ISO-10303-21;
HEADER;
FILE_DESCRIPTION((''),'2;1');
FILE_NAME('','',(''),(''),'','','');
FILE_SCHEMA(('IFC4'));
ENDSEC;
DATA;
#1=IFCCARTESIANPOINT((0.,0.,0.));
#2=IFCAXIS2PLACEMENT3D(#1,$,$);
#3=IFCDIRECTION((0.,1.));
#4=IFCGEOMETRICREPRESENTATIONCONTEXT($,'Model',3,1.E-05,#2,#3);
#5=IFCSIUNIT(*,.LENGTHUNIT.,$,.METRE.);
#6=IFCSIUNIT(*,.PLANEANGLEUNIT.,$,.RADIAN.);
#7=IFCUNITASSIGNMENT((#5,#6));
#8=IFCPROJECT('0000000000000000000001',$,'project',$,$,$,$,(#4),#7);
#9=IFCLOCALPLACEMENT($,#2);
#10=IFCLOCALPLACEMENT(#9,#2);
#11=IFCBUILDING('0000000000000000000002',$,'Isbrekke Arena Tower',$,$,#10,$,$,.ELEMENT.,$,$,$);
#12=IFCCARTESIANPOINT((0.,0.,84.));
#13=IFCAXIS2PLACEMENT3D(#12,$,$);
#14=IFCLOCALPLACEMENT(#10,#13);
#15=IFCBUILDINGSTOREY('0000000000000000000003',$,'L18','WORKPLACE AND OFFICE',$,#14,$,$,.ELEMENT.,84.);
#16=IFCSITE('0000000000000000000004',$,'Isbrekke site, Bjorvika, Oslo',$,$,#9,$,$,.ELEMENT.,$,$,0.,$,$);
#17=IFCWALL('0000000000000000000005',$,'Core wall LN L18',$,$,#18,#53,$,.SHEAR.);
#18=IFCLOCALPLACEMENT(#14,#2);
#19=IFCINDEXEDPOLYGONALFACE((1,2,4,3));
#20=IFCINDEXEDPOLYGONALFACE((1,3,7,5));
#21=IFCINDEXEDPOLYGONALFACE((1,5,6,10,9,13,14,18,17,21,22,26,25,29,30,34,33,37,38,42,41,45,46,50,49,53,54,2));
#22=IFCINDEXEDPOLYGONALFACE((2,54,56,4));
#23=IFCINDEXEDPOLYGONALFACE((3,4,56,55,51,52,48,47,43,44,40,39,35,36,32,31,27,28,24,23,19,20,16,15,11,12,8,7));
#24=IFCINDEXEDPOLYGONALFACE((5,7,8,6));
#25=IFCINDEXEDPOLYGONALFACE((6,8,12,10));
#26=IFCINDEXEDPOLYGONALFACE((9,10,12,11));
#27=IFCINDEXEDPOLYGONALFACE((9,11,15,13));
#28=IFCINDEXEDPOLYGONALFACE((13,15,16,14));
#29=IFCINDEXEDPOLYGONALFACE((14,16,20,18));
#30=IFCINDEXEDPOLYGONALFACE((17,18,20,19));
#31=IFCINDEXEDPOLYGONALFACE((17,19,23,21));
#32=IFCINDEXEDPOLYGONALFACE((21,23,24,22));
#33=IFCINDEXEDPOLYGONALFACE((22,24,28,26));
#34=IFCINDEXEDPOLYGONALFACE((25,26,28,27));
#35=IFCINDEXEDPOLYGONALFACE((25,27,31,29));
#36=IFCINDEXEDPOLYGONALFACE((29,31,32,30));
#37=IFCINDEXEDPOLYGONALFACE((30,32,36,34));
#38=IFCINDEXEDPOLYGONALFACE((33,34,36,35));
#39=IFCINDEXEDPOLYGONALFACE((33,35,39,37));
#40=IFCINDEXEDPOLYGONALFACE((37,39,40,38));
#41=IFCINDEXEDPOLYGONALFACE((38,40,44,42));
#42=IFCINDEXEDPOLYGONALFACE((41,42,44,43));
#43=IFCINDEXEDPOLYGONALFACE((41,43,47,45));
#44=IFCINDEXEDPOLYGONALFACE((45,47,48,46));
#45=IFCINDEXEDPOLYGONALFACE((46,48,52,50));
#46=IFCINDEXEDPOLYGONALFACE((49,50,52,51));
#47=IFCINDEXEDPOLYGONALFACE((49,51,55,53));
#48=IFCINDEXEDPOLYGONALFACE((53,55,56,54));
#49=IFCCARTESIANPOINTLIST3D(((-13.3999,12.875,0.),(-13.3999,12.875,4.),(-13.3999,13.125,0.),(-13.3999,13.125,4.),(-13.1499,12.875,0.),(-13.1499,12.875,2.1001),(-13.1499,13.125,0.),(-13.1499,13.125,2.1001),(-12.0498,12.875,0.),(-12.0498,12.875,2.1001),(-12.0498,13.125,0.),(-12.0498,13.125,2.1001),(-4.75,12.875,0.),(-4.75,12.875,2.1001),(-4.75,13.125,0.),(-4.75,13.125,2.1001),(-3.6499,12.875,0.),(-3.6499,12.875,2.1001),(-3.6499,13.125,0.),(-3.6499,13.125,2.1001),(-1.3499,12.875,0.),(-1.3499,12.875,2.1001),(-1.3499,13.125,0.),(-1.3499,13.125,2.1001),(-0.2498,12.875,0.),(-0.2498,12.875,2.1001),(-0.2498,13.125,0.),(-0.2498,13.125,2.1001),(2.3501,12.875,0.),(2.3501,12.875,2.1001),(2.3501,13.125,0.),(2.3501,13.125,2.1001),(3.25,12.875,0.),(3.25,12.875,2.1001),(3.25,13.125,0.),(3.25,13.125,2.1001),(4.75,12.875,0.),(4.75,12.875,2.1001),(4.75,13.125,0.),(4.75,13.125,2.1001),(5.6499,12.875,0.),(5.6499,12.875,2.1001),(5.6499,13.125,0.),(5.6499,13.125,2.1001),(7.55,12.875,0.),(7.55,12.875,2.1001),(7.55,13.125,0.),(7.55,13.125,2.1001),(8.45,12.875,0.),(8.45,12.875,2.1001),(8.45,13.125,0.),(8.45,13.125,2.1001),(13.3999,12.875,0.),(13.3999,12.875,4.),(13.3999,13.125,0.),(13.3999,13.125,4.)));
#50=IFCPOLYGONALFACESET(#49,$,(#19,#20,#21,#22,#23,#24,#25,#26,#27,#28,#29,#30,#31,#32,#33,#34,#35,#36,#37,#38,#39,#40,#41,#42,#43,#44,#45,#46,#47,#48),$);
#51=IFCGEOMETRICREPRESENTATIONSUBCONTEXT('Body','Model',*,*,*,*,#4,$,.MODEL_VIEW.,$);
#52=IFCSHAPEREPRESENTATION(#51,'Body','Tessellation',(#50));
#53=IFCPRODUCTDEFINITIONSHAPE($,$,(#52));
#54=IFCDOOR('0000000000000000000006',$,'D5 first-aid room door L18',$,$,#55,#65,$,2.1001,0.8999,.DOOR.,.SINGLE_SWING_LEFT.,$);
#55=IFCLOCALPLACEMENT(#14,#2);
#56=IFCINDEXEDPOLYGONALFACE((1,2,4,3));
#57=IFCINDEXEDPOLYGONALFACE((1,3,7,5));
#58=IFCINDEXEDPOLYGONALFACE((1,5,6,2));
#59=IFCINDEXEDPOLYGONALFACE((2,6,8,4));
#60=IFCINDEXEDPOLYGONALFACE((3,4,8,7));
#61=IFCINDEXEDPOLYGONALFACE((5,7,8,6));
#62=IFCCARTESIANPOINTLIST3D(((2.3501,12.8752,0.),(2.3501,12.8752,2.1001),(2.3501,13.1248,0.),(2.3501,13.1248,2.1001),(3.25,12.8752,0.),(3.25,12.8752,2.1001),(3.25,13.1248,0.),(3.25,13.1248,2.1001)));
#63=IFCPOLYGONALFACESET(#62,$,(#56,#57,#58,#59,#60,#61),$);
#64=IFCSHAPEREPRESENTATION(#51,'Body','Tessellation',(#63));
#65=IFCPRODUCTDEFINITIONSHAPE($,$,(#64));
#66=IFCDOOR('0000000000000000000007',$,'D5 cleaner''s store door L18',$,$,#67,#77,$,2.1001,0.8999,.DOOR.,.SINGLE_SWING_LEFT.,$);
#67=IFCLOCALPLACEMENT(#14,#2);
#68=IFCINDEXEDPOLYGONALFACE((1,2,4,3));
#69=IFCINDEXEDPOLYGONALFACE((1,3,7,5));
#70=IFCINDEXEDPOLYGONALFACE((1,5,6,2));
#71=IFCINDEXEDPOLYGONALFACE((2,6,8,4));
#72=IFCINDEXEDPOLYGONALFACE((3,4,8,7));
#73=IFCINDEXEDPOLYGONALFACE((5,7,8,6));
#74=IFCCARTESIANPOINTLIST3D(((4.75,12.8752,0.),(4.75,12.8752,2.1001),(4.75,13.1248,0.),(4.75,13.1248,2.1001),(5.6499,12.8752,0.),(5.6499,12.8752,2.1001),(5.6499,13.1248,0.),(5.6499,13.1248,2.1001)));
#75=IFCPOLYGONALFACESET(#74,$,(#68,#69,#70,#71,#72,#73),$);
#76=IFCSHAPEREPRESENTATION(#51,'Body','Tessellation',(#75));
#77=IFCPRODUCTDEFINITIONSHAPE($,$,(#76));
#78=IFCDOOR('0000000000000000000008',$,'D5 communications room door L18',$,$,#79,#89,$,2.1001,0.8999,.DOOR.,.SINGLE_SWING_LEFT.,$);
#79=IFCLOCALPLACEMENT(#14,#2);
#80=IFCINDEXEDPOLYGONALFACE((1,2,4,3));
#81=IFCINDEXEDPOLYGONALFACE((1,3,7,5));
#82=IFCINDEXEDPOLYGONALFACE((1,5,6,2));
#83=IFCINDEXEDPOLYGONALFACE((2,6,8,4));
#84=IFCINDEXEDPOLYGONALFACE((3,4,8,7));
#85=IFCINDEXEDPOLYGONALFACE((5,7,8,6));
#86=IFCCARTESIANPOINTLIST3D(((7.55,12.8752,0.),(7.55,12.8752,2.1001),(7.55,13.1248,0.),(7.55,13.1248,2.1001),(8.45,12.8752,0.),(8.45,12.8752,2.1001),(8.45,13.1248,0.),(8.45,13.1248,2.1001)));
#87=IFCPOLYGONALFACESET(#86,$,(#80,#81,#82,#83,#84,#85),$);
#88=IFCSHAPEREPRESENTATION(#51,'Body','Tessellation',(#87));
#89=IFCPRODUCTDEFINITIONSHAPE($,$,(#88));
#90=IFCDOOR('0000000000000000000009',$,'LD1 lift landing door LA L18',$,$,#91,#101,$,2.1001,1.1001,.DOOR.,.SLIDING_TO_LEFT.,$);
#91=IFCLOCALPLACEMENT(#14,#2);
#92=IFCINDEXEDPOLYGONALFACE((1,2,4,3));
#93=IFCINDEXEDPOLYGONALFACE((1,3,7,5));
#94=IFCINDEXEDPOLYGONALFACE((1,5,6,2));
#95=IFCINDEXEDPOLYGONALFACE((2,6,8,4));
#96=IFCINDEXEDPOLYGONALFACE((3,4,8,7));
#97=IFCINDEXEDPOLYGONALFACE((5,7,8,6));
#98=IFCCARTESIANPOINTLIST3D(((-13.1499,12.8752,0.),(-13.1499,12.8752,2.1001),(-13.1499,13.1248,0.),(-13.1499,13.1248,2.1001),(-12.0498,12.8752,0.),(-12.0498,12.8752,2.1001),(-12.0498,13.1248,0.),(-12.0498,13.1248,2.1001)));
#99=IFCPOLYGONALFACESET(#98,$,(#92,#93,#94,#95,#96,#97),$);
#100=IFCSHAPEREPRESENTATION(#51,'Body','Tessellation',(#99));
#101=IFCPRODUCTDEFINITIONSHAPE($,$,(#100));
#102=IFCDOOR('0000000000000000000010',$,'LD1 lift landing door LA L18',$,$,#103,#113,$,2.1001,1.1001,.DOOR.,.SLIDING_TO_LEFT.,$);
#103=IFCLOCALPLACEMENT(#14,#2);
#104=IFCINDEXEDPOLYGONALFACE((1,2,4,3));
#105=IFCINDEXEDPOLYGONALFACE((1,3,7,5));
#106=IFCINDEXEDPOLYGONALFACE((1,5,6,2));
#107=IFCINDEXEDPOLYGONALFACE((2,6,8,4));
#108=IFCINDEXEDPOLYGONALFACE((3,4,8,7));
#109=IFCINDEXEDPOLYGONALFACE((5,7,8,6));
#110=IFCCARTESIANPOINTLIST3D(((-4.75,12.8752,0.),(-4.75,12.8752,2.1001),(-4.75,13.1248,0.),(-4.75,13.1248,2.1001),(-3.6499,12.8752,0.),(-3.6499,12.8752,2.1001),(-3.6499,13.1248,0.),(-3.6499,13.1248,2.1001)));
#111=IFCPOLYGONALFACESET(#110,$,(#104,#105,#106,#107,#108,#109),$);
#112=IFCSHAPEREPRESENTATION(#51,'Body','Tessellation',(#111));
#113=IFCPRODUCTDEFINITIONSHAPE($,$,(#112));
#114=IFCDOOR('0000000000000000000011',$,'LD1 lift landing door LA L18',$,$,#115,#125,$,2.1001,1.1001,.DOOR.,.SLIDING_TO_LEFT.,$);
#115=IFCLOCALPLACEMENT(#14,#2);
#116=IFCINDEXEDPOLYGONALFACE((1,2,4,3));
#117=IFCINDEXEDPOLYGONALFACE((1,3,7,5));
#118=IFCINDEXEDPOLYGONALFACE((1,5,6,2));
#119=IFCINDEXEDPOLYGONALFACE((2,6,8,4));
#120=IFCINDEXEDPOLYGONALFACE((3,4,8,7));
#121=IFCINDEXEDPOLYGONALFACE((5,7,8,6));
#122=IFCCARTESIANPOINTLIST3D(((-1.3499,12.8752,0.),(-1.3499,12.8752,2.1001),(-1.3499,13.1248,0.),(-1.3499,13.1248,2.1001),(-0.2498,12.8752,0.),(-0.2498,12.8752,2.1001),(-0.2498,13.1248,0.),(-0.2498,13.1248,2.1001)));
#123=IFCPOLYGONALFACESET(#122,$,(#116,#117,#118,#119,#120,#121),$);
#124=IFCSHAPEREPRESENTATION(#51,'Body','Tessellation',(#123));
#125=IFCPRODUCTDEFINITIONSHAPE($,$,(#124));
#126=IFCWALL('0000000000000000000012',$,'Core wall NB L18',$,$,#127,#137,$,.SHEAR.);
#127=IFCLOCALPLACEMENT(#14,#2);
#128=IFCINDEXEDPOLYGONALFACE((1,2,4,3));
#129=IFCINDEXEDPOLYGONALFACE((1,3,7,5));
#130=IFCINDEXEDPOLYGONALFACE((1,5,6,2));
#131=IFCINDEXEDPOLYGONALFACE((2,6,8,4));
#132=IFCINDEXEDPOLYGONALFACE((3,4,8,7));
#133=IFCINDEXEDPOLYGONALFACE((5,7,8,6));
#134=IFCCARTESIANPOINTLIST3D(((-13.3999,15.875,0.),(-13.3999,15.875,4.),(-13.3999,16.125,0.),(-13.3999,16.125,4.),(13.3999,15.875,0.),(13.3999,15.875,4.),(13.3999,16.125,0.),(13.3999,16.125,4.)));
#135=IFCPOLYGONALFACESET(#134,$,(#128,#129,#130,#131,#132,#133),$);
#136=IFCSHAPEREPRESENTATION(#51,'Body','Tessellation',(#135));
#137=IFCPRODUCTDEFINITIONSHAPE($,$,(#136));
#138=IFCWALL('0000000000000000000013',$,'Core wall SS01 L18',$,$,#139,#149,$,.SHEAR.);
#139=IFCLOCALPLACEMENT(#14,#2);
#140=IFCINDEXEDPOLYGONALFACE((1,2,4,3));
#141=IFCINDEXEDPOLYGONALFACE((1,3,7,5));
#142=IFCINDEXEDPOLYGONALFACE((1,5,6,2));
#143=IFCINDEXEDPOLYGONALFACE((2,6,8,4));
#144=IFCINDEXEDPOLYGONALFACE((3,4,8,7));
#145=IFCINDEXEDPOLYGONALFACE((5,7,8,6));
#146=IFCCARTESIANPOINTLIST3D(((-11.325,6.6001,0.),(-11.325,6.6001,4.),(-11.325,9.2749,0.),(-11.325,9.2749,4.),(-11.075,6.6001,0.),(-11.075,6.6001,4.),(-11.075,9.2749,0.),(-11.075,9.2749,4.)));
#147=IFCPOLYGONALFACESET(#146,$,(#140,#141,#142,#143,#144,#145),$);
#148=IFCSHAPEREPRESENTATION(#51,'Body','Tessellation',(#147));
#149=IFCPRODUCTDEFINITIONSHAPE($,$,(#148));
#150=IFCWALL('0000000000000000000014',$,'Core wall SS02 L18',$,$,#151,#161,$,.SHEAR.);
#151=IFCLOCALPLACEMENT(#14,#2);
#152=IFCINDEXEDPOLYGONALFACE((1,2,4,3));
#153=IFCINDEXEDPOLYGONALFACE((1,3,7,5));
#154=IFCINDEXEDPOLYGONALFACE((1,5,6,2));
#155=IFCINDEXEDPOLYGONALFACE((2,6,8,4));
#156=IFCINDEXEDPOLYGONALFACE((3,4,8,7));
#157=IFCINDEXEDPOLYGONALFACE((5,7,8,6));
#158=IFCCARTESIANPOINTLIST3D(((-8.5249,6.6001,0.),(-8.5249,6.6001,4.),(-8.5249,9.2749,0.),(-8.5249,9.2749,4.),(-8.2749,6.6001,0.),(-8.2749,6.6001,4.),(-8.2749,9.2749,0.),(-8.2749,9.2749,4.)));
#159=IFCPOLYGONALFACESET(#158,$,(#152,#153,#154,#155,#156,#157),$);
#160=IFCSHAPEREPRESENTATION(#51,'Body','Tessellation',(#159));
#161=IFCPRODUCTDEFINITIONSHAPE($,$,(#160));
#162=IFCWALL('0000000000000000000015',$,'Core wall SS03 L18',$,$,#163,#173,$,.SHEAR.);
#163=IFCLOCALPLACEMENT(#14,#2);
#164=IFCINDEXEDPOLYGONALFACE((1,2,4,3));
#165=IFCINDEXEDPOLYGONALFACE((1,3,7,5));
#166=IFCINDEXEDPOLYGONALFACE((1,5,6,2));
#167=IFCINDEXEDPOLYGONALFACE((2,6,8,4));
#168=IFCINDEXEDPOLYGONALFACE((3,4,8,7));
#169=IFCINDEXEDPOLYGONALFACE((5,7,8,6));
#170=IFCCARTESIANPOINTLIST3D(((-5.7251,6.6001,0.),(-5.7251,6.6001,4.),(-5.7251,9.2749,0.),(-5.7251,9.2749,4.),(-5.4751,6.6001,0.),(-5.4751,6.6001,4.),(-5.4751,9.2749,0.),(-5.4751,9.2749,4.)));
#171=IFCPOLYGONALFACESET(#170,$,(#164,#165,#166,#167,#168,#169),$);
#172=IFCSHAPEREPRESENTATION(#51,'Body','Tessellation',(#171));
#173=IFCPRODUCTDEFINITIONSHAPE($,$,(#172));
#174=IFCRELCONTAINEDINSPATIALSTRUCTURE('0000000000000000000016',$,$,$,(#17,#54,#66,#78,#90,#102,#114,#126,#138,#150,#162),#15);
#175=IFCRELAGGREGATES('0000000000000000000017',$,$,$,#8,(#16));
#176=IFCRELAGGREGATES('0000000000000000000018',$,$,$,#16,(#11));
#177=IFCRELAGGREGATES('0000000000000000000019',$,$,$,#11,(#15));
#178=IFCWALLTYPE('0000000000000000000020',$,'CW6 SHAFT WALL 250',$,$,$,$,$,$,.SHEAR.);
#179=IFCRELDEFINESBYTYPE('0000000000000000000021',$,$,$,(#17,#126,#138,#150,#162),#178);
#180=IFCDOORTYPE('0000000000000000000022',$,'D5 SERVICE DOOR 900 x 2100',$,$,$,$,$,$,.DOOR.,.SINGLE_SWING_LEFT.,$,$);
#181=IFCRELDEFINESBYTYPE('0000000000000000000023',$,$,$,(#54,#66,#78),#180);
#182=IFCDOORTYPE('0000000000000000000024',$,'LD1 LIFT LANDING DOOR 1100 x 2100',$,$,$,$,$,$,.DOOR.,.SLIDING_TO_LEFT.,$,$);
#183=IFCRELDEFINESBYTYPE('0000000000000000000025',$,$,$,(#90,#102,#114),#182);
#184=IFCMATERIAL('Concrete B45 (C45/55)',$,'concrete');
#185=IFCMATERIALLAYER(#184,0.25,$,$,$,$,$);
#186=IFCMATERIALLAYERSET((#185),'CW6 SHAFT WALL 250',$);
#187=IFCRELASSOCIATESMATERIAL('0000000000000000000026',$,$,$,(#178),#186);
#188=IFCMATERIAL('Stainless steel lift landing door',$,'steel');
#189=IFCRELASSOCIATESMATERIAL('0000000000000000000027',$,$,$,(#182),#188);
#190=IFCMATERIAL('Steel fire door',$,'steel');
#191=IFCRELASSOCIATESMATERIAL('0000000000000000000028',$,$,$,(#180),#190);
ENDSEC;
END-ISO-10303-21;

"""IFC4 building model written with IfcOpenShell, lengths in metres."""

from ifc_helpers import new_model, si_unit, direction, frame, frame_2d, origin, place, context, subcontext, project, spatial, rectangle, extrude, material, layer, layer_set, type_object, element, fill, save


model = new_model("IFC4")

# Units and contexts
model_context = context("Model", 3, precision=1e-05, world=origin(), true_north=direction((0.0, 1.0)))
body_context = subcontext(model_context, "Body", "Model", "MODEL_VIEW")
ifc_project = project(units=[si_unit("LENGTHUNIT", "METRE"), si_unit("PLANEANGLEUNIT", "RADIAN")], contexts=[model_context])

# Site, building, storey
site_placement = place(None, origin())
site = spatial("IfcSite", under=ifc_project, at=site_placement, Name="Isbrekke site, Bjorvika, Oslo", CompositionType="ELEMENT", RefElevation=0.0)
building_placement = place(site_placement, origin())
building = spatial("IfcBuilding", under=site, at=building_placement, Name="Isbrekke Arena Tower", CompositionType="ELEMENT")
storey_placement = place(building_placement, frame((0.0, 0.0, 84.0)))
storey = spatial("IfcBuildingStorey", under=building, at=storey_placement, Name="L18", Description="WORKPLACE AND OFFICE", CompositionType="ELEMENT", Elevation=84.0)

# Wall, openings, doors
ifc_material_1 = material(Name="Concrete B45 (C45/55)", Category="concrete")
ifc_layer_1 = layer(ifc_material_1, 0.25)
ifc_layer_set_1 = layer_set([ifc_layer_1], Name="CW6 SHAFT WALL 250")
wall_type_1 = type_object("IfcWallType", Name="CW6 SHAFT WALL 250", PredefinedType="SHEAR", material=ifc_layer_set_1)
ifc_material_2 = material(Name="Stainless steel lift landing door", Category="steel")
door_type_1 = type_object("IfcDoorType", Name="LD1 LIFT LANDING DOOR 1100 x 2100", OperationType="SLIDING_TO_LEFT", PredefinedType="DOOR", material=ifc_material_2)
wall_1_placement = place(storey_placement, frame((-13.3999, 13.0, 0.0), z_axis=(0.0, 0.0, 1.0), x_axis=(1.0, 0.0, 0.0)))
wall_1 = element("IfcWall", 1, at=wall_1_placement, inside=storey, type_object=wall_type_1, Name="Core wall LN L18", PredefinedType="SHEAR", context=body_context, shape_type="SweptSolid", body=[
    extrude(rectangle(XDim=26.7998, YDim=0.25, at=frame_2d((13.3999, 0.0))), origin(), (0.0, 0.0, 1.0), 4.0),
])
opening_1_placement = place(wall_1_placement, frame((0.25, 0.0, 0.0)))
opening_1 = element("IfcOpeningElement", 2, at=opening_1_placement, cuts=wall_1, PredefinedType="OPENING", context=body_context, shape_type="SweptSolid", body=[
    extrude(rectangle(XDim=1.1001, YDim=2.1001, at=frame_2d((0.55, 1.05))), frame((0.0, 0.1399, 0.0), z_axis=(0.0, -1.0, 0.0), x_axis=(1.0, 0.0, 0.0)), (0.0, 0.0, 1.0), 0.2798),
])
opening_2_placement = place(wall_1_placement, frame((8.6499, 0.0, 0.0)))
opening_2 = element("IfcOpeningElement", 3, at=opening_2_placement, cuts=wall_1, PredefinedType="OPENING", context=body_context, shape_type="SweptSolid", body=[
    extrude(rectangle(XDim=1.1001, YDim=2.1001, at=frame_2d((0.55, 1.05))), frame((0.0, 0.1399, 0.0), z_axis=(0.0, -1.0, 0.0), x_axis=(1.0, 0.0, 0.0)), (0.0, 0.0, 1.0), 0.2798),
])
opening_3_placement = place(wall_1_placement, frame((12.05, 0.0, 0.0)))
opening_3 = element("IfcOpeningElement", 4, at=opening_3_placement, cuts=wall_1, PredefinedType="OPENING", context=body_context, shape_type="SweptSolid", body=[
    extrude(rectangle(XDim=1.1001, YDim=2.1001, at=frame_2d((0.55, 1.05))), frame((0.0, 0.1399, 0.0), z_axis=(0.0, -1.0, 0.0), x_axis=(1.0, 0.0, 0.0)), (0.0, 0.0, 1.0), 0.2798),
])
opening_4_placement = place(wall_1_placement, frame((15.75, 0.0, 0.0)))
opening_4 = element("IfcOpeningElement", 5, at=opening_4_placement, cuts=wall_1, PredefinedType="OPENING", context=body_context, shape_type="SweptSolid", body=[
    extrude(rectangle(XDim=0.8999, YDim=2.1001, at=frame_2d((0.45, 1.05))), frame((0.0, 0.1399, 0.0), z_axis=(0.0, -1.0, 0.0), x_axis=(1.0, 0.0, 0.0)), (0.0, 0.0, 1.0), 0.2798),
])
opening_5_placement = place(wall_1_placement, frame((18.1499, 0.0, 0.0)))
opening_5 = element("IfcOpeningElement", 6, at=opening_5_placement, cuts=wall_1, PredefinedType="OPENING", context=body_context, shape_type="SweptSolid", body=[
    extrude(rectangle(XDim=0.8999, YDim=2.1001, at=frame_2d((0.45, 1.05))), frame((0.0, 0.1399, 0.0), z_axis=(0.0, -1.0, 0.0), x_axis=(1.0, 0.0, 0.0)), (0.0, 0.0, 1.0), 0.2798),
])
opening_6_placement = place(wall_1_placement, frame((20.95, 0.0, 0.0)))
opening_6 = element("IfcOpeningElement", 7, at=opening_6_placement, cuts=wall_1, PredefinedType="OPENING", context=body_context, shape_type="SweptSolid", body=[
    extrude(rectangle(XDim=0.8999, YDim=2.1001, at=frame_2d((0.45, 1.05))), frame((0.0, 0.1399, 0.0), z_axis=(0.0, -1.0, 0.0), x_axis=(1.0, 0.0, 0.0)), (0.0, 0.0, 1.0), 0.2798),
])
ifc_material_3 = material(Name="Steel fire door", Category="steel")
door_type_2 = type_object("IfcDoorType", Name="D5 SERVICE DOOR 900 x 2100", OperationType="SINGLE_SWING_LEFT", PredefinedType="DOOR", material=ifc_material_3)
door_1_placement = place(opening_4_placement, origin())
door_1 = element("IfcDoor", 8, at=door_1_placement, inside=storey, type_object=door_type_2, Name="D5 first-aid room door L18", OperationType="SINGLE_SWING_LEFT", OverallHeight=2.1001, OverallWidth=0.8999, PredefinedType="DOOR", context=body_context, shape_type="SweptSolid", body=[
    extrude(rectangle(XDim=0.8999, YDim=2.1001, at=frame_2d((0.45, 1.05))), frame((0.0, 0.1248, 0.0), z_axis=(0.0, -1.0, 0.0), x_axis=(1.0, 0.0, 0.0)), (0.0, 0.0, 1.0), 0.2495),
])
fill(opening_4, door_1)
door_2_placement = place(opening_5_placement, origin())
door_2 = element("IfcDoor", 9, at=door_2_placement, inside=storey, type_object=door_type_2, Name="D5 cleaner's store door L18", OperationType="SINGLE_SWING_LEFT", OverallHeight=2.1001, OverallWidth=0.8999, PredefinedType="DOOR", context=body_context, shape_type="SweptSolid", body=[
    extrude(rectangle(XDim=0.8999, YDim=2.1001, at=frame_2d((0.45, 1.05))), frame((0.0, 0.1248, 0.0), z_axis=(0.0, -1.0, 0.0), x_axis=(1.0, 0.0, 0.0)), (0.0, 0.0, 1.0), 0.2495),
])
fill(opening_5, door_2)
door_3_placement = place(opening_6_placement, origin())
door_3 = element("IfcDoor", 10, at=door_3_placement, inside=storey, type_object=door_type_2, Name="D5 communications room door L18", OperationType="SINGLE_SWING_LEFT", OverallHeight=2.1001, OverallWidth=0.8999, PredefinedType="DOOR", context=body_context, shape_type="SweptSolid", body=[
    extrude(rectangle(XDim=0.8999, YDim=2.1001, at=frame_2d((0.45, 1.05))), frame((0.0, 0.1248, 0.0), z_axis=(0.0, -1.0, 0.0), x_axis=(1.0, 0.0, 0.0)), (0.0, 0.0, 1.0), 0.2495),
])
fill(opening_6, door_3)
door_4_placement = place(opening_1_placement, origin())
door_4 = element("IfcDoor", 11, at=door_4_placement, inside=storey, type_object=door_type_1, Name="LD1 lift landing door LA L18", OperationType="SLIDING_TO_LEFT", OverallHeight=2.1001, OverallWidth=1.1001, PredefinedType="DOOR", context=body_context, shape_type="SweptSolid", body=[
    extrude(rectangle(XDim=1.1001, YDim=2.1001, at=frame_2d((0.55, 1.05))), frame((0.0, 0.1248, 0.0), z_axis=(0.0, -1.0, 0.0), x_axis=(1.0, 0.0, 0.0)), (0.0, 0.0, 1.0), 0.2495),
])
fill(opening_1, door_4)
door_5_placement = place(opening_2_placement, origin())
door_5 = element("IfcDoor", 12, at=door_5_placement, inside=storey, type_object=door_type_1, Name="LD1 lift landing door LA L18", OperationType="SLIDING_TO_LEFT", OverallHeight=2.1001, OverallWidth=1.1001, PredefinedType="DOOR", context=body_context, shape_type="SweptSolid", body=[
    extrude(rectangle(XDim=1.1001, YDim=2.1001, at=frame_2d((0.55, 1.05))), frame((0.0, 0.1248, 0.0), z_axis=(0.0, -1.0, 0.0), x_axis=(1.0, 0.0, 0.0)), (0.0, 0.0, 1.0), 0.2495),
])
fill(opening_2, door_5)
door_6_placement = place(opening_3_placement, origin())
door_6 = element("IfcDoor", 13, at=door_6_placement, inside=storey, type_object=door_type_1, Name="LD1 lift landing door LA L18", OperationType="SLIDING_TO_LEFT", OverallHeight=2.1001, OverallWidth=1.1001, PredefinedType="DOOR", context=body_context, shape_type="SweptSolid", body=[
    extrude(rectangle(XDim=1.1001, YDim=2.1001, at=frame_2d((0.55, 1.05))), frame((0.0, 0.1248, 0.0), z_axis=(0.0, -1.0, 0.0), x_axis=(1.0, 0.0, 0.0)), (0.0, 0.0, 1.0), 0.2495),
])
fill(opening_3, door_6)

# Walls
wall_2_placement = place(storey_placement, frame((-13.3999, 16.0, 0.0), z_axis=(0.0, 0.0, 1.0), x_axis=(1.0, 0.0, 0.0)))
element("IfcWall", 14, at=wall_2_placement, inside=storey, type_object=wall_type_1, Name="Core wall NB L18", PredefinedType="SHEAR", context=body_context, shape_type="SweptSolid", body=[
    extrude(rectangle(XDim=26.7998, YDim=0.25, at=frame_2d((13.3999, 0.0))), origin(), (0.0, 0.0, 1.0), 4.0),
])
for number, where, z_axis, x_axis, name in (
    (15, (-11.2, 6.6001, 0.0), (0.0, 0.0, 1.0), (0.0, 1.0, 0.0), "Core wall SS01 L18"),
    (16, (-8.3999, 6.6001, 0.0), (0.0, 0.0, 1.0), (0.0, 1.0, 0.0), "Core wall SS02 L18"),
    (17, (-5.6001, 6.6001, 0.0), (0.0, 0.0, 1.0), (0.0, 1.0, 0.0), "Core wall SS03 L18"),
):
    element("IfcWall", number, at=place(storey_placement, frame(where, z_axis=z_axis, x_axis=x_axis)), inside=storey, type_object=wall_type_1, Name=name, PredefinedType="SHEAR", context=body_context, shape_type="SweptSolid", body=[
        extrude(rectangle(XDim=2.6748, YDim=0.25, at=frame_2d((1.3374, 0.0))), origin(), (0.0, 0.0, 1.0), 4.0),
    ])

save(model, "model.ifc")
